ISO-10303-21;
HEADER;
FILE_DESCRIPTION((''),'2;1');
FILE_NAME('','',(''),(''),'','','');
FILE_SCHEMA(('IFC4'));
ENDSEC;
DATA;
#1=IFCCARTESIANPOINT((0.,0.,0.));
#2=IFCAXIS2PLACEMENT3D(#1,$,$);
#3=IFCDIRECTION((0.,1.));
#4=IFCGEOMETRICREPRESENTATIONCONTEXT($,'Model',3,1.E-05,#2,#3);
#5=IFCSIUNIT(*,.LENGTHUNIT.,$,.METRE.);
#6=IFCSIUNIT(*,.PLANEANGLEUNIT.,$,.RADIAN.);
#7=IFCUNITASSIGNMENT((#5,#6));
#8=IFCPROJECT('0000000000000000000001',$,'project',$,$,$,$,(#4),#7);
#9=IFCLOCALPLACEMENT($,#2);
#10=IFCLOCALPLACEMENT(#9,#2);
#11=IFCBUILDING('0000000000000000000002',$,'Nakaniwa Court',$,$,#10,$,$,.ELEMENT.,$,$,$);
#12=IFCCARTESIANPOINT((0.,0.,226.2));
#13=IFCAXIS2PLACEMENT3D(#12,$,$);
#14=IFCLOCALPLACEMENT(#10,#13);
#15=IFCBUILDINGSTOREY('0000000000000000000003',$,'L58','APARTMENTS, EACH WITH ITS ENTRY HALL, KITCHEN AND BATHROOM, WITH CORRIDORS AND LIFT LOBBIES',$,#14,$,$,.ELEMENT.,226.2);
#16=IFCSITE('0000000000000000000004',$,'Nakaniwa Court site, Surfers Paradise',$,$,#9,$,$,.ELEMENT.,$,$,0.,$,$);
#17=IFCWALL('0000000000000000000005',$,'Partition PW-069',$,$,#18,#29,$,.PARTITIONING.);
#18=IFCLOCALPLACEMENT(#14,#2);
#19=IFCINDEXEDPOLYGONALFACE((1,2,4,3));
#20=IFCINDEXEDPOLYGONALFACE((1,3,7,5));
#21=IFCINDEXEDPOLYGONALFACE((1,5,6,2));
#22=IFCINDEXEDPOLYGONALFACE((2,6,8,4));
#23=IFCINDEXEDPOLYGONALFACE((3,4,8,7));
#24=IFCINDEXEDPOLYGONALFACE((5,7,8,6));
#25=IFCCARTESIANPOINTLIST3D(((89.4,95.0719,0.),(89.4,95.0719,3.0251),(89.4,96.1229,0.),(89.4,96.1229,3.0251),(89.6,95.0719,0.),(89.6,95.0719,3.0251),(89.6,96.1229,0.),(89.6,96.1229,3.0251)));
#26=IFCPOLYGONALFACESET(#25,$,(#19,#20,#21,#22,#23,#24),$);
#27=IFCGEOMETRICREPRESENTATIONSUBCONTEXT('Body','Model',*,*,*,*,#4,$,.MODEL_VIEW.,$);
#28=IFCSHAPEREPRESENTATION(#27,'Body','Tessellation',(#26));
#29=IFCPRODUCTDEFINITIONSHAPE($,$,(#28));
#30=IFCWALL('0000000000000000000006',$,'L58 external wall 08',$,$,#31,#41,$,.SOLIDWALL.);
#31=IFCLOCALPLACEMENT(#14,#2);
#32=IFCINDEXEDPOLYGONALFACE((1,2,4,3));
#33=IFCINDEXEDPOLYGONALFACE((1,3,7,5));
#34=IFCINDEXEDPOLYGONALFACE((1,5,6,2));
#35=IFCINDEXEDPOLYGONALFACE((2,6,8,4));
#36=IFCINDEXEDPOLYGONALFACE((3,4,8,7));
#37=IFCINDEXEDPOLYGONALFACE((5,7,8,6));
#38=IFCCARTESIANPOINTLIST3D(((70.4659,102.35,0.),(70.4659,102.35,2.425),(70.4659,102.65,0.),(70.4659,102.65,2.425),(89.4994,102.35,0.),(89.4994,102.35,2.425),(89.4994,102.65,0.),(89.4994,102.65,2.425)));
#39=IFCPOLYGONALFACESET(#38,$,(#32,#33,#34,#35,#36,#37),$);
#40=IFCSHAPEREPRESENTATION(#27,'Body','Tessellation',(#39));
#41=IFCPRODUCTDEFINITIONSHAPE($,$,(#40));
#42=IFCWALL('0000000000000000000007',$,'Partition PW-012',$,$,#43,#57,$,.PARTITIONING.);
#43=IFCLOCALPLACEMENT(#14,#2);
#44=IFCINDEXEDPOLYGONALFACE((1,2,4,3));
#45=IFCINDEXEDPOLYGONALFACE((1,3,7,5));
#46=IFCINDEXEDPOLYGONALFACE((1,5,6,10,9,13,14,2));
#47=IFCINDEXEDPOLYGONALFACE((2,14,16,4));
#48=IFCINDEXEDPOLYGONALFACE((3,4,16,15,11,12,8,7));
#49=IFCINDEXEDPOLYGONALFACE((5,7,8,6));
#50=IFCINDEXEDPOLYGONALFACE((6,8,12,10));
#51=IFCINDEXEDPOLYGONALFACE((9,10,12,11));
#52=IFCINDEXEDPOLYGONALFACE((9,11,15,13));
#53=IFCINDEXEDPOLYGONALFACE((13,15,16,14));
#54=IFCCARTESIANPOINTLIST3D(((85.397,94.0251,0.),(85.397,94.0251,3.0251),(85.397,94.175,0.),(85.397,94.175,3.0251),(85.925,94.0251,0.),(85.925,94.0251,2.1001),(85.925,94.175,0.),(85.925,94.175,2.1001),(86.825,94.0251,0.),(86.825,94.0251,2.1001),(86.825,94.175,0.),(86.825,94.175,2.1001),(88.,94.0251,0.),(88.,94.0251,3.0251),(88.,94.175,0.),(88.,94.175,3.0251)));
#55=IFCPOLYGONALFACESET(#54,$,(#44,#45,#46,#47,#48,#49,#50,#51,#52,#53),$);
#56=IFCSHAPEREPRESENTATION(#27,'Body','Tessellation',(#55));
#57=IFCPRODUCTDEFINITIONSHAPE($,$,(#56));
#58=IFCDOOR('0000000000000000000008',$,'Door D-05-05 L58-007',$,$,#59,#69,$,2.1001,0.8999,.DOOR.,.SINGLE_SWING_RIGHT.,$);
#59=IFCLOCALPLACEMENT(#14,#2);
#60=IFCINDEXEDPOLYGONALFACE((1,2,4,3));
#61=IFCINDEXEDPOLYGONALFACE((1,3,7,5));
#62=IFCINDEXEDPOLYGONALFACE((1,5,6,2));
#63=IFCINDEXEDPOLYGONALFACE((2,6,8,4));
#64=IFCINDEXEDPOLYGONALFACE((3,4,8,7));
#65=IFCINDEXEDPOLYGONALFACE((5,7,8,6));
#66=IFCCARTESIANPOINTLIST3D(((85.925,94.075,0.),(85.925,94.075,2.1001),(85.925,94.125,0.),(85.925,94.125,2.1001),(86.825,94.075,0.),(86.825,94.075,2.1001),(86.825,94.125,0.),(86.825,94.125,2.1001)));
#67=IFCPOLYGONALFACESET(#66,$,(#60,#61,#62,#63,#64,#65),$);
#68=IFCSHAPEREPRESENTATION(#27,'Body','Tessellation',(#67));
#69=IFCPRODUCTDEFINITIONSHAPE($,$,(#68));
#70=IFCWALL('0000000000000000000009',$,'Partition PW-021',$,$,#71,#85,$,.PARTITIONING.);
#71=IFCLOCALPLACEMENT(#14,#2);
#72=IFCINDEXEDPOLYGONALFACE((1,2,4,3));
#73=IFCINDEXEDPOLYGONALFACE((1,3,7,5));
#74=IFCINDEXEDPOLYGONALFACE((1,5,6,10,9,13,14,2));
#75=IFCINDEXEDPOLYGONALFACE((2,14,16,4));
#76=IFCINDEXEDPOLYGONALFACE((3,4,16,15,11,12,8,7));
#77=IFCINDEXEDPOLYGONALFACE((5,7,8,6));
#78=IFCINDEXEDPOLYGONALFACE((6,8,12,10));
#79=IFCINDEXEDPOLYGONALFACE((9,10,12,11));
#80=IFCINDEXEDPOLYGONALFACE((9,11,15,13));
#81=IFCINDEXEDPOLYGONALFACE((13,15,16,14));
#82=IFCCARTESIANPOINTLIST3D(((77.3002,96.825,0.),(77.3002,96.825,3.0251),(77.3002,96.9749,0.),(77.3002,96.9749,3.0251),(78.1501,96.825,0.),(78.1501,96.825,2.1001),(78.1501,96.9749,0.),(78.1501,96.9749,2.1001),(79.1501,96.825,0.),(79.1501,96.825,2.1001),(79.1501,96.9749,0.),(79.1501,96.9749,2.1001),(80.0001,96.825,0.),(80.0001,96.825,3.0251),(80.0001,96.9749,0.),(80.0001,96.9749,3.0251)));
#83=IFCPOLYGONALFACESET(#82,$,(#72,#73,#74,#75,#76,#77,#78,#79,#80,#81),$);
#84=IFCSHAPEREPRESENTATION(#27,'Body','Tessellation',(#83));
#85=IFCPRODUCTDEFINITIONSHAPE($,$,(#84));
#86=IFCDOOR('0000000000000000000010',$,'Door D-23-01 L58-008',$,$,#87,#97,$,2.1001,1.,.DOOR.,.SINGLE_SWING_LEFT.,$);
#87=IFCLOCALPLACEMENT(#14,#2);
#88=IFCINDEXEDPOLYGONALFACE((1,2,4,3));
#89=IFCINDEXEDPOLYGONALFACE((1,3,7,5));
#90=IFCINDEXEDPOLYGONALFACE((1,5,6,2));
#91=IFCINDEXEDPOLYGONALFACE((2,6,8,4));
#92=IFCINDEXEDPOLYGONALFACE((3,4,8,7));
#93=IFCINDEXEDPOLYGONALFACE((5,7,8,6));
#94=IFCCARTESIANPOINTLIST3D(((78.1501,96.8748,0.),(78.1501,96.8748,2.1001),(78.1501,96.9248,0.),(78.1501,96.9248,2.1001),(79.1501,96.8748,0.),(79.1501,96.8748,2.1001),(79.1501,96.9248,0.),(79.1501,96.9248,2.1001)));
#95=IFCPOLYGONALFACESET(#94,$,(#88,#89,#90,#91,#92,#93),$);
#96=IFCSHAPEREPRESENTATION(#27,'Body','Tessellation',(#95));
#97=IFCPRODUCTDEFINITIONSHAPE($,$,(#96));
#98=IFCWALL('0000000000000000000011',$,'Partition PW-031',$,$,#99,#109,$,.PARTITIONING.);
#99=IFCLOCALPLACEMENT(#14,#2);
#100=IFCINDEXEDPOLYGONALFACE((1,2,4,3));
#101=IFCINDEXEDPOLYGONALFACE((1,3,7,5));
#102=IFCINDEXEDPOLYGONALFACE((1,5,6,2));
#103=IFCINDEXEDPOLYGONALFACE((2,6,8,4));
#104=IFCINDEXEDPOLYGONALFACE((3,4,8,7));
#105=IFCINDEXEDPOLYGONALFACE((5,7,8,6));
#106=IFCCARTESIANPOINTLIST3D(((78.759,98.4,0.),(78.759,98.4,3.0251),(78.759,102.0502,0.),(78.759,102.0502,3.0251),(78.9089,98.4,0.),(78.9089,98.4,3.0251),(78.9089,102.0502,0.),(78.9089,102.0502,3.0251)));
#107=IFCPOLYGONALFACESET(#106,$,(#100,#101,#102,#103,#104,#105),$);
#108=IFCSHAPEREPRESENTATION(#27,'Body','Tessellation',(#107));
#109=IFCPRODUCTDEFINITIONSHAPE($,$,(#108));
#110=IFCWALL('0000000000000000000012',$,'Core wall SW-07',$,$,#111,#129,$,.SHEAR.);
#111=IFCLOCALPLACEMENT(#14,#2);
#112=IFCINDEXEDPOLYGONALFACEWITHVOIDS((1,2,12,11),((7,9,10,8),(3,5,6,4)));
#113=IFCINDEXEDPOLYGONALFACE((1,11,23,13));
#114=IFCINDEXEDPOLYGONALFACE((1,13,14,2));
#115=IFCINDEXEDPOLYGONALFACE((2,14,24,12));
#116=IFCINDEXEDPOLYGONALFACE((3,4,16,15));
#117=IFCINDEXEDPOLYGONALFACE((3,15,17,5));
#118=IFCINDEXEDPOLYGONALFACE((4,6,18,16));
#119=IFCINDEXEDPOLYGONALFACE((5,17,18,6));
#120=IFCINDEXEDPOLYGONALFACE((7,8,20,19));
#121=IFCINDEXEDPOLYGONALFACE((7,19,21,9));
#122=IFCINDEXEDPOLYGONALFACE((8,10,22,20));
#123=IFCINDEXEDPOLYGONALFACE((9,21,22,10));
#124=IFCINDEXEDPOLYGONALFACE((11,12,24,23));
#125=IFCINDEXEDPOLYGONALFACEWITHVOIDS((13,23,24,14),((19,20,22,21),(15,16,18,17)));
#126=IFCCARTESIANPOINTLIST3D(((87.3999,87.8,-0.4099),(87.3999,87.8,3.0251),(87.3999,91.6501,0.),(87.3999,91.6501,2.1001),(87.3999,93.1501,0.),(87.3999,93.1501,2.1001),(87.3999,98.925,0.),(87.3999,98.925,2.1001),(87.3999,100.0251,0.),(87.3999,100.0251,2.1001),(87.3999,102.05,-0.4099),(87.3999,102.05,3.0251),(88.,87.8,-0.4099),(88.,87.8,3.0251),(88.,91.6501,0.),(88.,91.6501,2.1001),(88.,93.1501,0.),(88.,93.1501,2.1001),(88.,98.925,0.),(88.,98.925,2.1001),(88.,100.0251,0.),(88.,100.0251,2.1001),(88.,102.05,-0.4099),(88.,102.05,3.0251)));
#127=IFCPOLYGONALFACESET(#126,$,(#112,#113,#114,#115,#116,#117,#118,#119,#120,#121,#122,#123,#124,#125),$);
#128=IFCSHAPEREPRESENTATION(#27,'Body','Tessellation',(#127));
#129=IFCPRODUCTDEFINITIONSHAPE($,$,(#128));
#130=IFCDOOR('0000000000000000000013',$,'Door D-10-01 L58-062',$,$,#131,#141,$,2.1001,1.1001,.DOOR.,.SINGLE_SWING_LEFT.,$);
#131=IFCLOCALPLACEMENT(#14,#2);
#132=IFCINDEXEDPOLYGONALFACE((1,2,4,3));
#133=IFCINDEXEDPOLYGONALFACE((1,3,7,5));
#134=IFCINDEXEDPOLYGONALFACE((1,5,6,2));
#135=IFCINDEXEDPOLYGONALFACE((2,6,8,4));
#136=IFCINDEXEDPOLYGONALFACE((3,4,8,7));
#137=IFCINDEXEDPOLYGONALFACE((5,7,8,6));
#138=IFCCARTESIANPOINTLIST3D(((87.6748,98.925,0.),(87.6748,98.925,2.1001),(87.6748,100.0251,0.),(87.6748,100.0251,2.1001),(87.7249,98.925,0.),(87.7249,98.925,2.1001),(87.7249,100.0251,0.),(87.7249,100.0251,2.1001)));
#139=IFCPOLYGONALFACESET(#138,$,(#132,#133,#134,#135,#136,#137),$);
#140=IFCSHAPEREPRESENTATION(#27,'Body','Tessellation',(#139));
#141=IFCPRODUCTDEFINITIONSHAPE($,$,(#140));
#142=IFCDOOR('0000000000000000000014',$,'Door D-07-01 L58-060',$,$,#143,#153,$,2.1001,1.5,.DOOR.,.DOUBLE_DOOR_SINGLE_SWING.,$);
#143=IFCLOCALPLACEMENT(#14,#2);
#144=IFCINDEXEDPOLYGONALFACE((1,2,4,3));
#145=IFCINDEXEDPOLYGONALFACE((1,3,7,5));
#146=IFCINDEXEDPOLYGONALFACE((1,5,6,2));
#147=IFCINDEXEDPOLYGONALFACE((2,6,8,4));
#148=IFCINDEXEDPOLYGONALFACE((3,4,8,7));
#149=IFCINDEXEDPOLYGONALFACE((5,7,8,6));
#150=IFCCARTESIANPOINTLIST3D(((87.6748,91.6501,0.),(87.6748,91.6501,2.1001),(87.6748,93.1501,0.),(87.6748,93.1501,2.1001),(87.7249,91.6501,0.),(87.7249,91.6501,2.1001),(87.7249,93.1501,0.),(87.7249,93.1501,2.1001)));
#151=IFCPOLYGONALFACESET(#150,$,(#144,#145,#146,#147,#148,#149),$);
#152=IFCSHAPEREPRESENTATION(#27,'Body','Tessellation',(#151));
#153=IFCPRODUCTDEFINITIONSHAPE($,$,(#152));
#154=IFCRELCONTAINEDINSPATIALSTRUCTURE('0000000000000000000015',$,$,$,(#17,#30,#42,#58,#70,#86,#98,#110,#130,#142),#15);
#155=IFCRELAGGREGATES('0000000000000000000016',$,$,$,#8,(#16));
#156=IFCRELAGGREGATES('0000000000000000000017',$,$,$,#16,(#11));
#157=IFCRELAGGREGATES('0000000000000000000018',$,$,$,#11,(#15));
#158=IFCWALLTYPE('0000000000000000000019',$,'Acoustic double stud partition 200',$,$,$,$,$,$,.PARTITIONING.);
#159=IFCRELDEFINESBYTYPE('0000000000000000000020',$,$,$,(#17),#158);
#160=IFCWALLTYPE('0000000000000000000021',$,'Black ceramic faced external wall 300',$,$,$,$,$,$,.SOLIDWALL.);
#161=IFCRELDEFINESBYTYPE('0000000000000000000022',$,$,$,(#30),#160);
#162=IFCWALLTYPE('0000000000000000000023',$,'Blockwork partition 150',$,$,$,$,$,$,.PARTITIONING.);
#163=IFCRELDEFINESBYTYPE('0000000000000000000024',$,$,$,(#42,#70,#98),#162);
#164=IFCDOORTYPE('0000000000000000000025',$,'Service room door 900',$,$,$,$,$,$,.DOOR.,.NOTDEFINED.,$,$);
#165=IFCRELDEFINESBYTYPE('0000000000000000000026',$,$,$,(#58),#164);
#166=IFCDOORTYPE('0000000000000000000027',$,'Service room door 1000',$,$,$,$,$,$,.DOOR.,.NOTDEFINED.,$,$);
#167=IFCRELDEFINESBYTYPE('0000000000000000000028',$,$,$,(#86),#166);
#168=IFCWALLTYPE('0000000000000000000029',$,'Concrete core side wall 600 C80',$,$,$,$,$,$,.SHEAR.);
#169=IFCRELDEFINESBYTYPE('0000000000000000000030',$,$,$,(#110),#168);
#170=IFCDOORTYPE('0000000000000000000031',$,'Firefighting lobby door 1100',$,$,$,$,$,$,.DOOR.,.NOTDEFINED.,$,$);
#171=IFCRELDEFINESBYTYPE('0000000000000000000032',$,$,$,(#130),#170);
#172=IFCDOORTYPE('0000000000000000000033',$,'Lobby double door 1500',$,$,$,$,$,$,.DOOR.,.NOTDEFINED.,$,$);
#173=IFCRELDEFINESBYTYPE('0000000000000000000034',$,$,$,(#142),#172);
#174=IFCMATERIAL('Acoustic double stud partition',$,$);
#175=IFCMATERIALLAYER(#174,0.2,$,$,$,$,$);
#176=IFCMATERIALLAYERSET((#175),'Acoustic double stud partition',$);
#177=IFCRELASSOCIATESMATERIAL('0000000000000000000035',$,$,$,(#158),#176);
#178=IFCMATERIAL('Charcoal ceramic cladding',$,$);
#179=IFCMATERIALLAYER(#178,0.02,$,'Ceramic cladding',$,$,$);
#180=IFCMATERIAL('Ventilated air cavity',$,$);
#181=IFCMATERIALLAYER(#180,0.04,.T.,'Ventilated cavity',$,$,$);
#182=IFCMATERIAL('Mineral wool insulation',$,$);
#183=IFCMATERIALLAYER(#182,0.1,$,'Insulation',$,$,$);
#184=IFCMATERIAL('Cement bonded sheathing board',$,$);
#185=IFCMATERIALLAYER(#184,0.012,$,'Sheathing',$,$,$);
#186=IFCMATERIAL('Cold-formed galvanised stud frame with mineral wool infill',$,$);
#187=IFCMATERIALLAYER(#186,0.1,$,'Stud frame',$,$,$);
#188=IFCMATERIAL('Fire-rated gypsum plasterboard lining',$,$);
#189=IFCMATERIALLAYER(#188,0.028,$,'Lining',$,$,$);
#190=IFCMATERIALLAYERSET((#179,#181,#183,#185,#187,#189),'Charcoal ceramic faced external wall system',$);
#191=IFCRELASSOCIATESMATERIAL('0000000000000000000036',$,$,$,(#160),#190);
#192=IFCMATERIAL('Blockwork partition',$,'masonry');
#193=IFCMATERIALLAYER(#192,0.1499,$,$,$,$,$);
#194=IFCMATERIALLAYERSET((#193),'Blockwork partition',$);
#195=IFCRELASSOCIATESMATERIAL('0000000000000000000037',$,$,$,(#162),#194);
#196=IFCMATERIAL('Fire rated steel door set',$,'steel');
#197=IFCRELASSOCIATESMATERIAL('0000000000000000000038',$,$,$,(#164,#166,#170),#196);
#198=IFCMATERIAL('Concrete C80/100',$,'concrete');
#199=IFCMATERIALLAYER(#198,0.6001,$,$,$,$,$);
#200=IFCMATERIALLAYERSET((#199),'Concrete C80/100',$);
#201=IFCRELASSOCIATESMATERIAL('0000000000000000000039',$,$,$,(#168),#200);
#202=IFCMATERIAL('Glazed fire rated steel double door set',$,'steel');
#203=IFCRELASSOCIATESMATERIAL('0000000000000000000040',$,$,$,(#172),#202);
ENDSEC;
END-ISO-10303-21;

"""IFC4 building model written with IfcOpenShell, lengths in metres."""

from ifc_helpers import new_model, si_unit, direction, frame, frame_2d, origin, place, context, subcontext, project, spatial, rectangle, extrude, material, layer, layer_set, type_object, element, fill, save


model = new_model("IFC4")

# Units and contexts
model_context = context("Model", 3, precision=1e-05, world=origin(), true_north=direction((0.0, 1.0)))
body_context = subcontext(model_context, "Body", "Model", "MODEL_VIEW")
ifc_project = project(units=[si_unit("LENGTHUNIT", "METRE"), si_unit("PLANEANGLEUNIT", "RADIAN")], contexts=[model_context])

# Site, building, storey
site_placement = place(None, origin())
site = spatial("IfcSite", under=ifc_project, at=site_placement, Name="Nakaniwa Court site, Surfers Paradise", CompositionType="ELEMENT", RefElevation=0.0)
building_placement = place(site_placement, origin())
building = spatial("IfcBuilding", under=site, at=building_placement, Name="Nakaniwa Court", CompositionType="ELEMENT")
storey_placement = place(building_placement, frame((0.0, 0.0, 226.2)))
storey = spatial("IfcBuildingStorey", under=building, at=storey_placement, Name="L58", Description="APARTMENTS, EACH WITH ITS ENTRY HALL, KITCHEN AND BATHROOM, WITH CORRIDORS AND LIFT LOBBIES", CompositionType="ELEMENT", Elevation=226.2)

# Walls
ifc_material_1 = material(Name="Acoustic double stud partition")
ifc_layer_1 = layer(ifc_material_1, 0.2)
ifc_layer_set_1 = layer_set([ifc_layer_1], Name="Acoustic double stud partition")
wall_type_1 = type_object("IfcWallType", Name="Acoustic double stud partition 200", PredefinedType="PARTITIONING", material=ifc_layer_set_1)
wall_1_placement = place(storey_placement, frame((89.5, 95.072, 0.0), z_axis=(0.0, 0.0, 1.0), x_axis=(0.0, 1.0, 0.0)))
element("IfcWall", 1, at=wall_1_placement, inside=storey, type_object=wall_type_1, Name="Partition PW-069", PredefinedType="PARTITIONING", context=body_context, shape_type="SweptSolid", body=[
    extrude(rectangle(XDim=1.051, YDim=0.2, at=frame_2d((0.5254, 0.0))), origin(), (0.0, 0.0, 1.0), 3.0251),
])
ifc_material_2 = material(Name="Charcoal ceramic cladding")
ifc_layer_2 = layer(ifc_material_2, 0.02, Name="Ceramic cladding")
ifc_material_3 = material(Name="Ventilated air cavity")
ifc_layer_3 = layer(ifc_material_3, 0.04, ventilated=True, Name="Ventilated cavity")
ifc_material_4 = material(Name="Mineral wool insulation")
ifc_layer_4 = layer(ifc_material_4, 0.1, Name="Insulation")
ifc_material_5 = material(Name="Cement bonded sheathing board")
ifc_layer_5 = layer(ifc_material_5, 0.012, Name="Sheathing")
ifc_material_6 = material(Name="Cold-formed galvanised stud frame with mineral wool infill")
ifc_layer_6 = layer(ifc_material_6, 0.1, Name="Stud frame")
ifc_material_7 = material(Name="Fire-rated gypsum plasterboard lining")
ifc_layer_7 = layer(ifc_material_7, 0.028, Name="Lining")
ifc_layer_set_2 = layer_set([ifc_layer_2, ifc_layer_3, ifc_layer_4, ifc_layer_5, ifc_layer_6, ifc_layer_7], Name="Charcoal ceramic faced external wall system")
wall_type_2 = type_object("IfcWallType", Name="Black ceramic faced external wall 300", PredefinedType="SOLIDWALL", material=ifc_layer_set_2)
wall_2_placement = place(storey_placement, frame((89.4993, 102.5, 0.0), z_axis=(0.0, 0.0, 1.0), x_axis=(-1.0, 0.0, 0.0)))
element("IfcWall", 2, at=wall_2_placement, inside=storey, type_object=wall_type_2, Name="L58 external wall 08", PredefinedType="SOLIDWALL", context=body_context, shape_type="SweptSolid", body=[
    extrude(rectangle(XDim=19.0334, YDim=0.3, at=frame_2d((9.5166, 0.0))), origin(), (0.0, 0.0, 1.0), 2.425),
])

# Walls, openings, doors
ifc_material_8 = material(Name="Blockwork partition", Category="masonry")
ifc_layer_8 = layer(ifc_material_8, 0.1499)
ifc_layer_set_3 = layer_set([ifc_layer_8], Name="Blockwork partition")
wall_type_3 = type_object("IfcWallType", Name="Blockwork partition 150", PredefinedType="PARTITIONING", material=ifc_layer_set_3)
wall_3_placement = place(storey_placement, frame((85.397, 94.1001, 0.0), z_axis=(0.0, 0.0, 1.0), x_axis=(1.0, 0.0, 0.0)))
wall_3 = element("IfcWall", 3, at=wall_3_placement, inside=storey, type_object=wall_type_3, Name="Partition PW-012", PredefinedType="PARTITIONING", context=body_context, shape_type="SweptSolid", body=[
    extrude(rectangle(XDim=2.603, YDim=0.1499, at=frame_2d((1.3015, 0.0))), origin(), (0.0, 0.0, 1.0), 3.0251),
])
opening_1_placement = place(wall_3_placement, frame((0.5281, 0.0, 0.0)))
opening_1 = element("IfcOpeningElement", 4, at=opening_1_placement, cuts=wall_3, PredefinedType="OPENING", context=body_context, shape_type="SweptSolid", body=[
    extrude(rectangle(XDim=0.8999, YDim=2.1001, at=frame_2d((0.45, 1.05))), frame((0.0, 0.085, 0.0), z_axis=(0.0, -1.0, 0.0), x_axis=(1.0, 0.0, 0.0)), (0.0, 0.0, 1.0), 0.1699),
])
ifc_material_9 = material(Name="Fire rated steel door set", Category="steel")
door_type_1 = type_object("IfcDoorType", Name="Service room door 900", OperationType="NOTDEFINED", PredefinedType="DOOR", material=ifc_material_9)
door_1_placement = place(opening_1_placement, origin())
door_1 = element("IfcDoor", 5, at=door_1_placement, inside=storey, type_object=door_type_1, Name="Door D-05-05 L58-007", OperationType="SINGLE_SWING_RIGHT", OverallHeight=2.1001, OverallWidth=0.8999, PredefinedType="DOOR", context=body_context, shape_type="SweptSolid", body=[
    extrude(rectangle(XDim=0.8999, YDim=2.1001, at=frame_2d((0.45, 1.05))), frame((0.0, 0.0249, 0.0), z_axis=(0.0, -1.0, 0.0), x_axis=(1.0, 0.0, 0.0)), (0.0, 0.0, 1.0), 0.05),
])
fill(opening_1, door_1)
wall_4_placement = place(storey_placement, frame((77.3, 96.8999, 0.0), z_axis=(0.0, 0.0, 1.0), x_axis=(1.0, 0.0, 0.0)))
wall_4 = element("IfcWall", 6, at=wall_4_placement, inside=storey, type_object=wall_type_3, Name="Partition PW-021", PredefinedType="PARTITIONING", context=body_context, shape_type="SweptSolid", body=[
    extrude(rectangle(XDim=2.7, YDim=0.1499, at=frame_2d((1.3501, 0.0))), origin(), (0.0, 0.0, 1.0), 3.0251),
])
opening_2_placement = place(wall_4_placement, frame((0.8501, 0.0, 0.0)))
opening_2 = element("IfcOpeningElement", 7, at=opening_2_placement, cuts=wall_4, PredefinedType="OPENING", context=body_context, shape_type="SweptSolid", body=[
    extrude(rectangle(XDim=1.0, YDim=2.1001, at=frame_2d((0.5, 1.05))), frame((0.0, 0.085, 0.0), z_axis=(0.0, -1.0, 0.0), x_axis=(1.0, 0.0, 0.0)), (0.0, 0.0, 1.0), 0.1699),
])
door_type_2 = type_object("IfcDoorType", Name="Service room door 1000", OperationType="NOTDEFINED", PredefinedType="DOOR", material=ifc_material_9)
door_2_placement = place(opening_2_placement, origin())
door_2 = element("IfcDoor", 8, at=door_2_placement, inside=storey, type_object=door_type_2, Name="Door D-23-01 L58-008", OperationType="SINGLE_SWING_LEFT", OverallHeight=2.1001, OverallWidth=1.0, PredefinedType="DOOR", context=body_context, shape_type="SweptSolid", body=[
    extrude(rectangle(XDim=1.0, YDim=2.1001, at=frame_2d((0.5, 1.05))), frame((0.0, 0.0249, 0.0), z_axis=(0.0, -1.0, 0.0), x_axis=(1.0, 0.0, 0.0)), (0.0, 0.0, 1.0), 0.05),
])
fill(opening_2, door_2)

# Wall
wall_5_placement = place(storey_placement, frame((78.834, 98.3999, 0.0), z_axis=(0.0, 0.0, 1.0), x_axis=(0.0, 1.0, 0.0)))
element("IfcWall", 9, at=wall_5_placement, inside=storey, type_object=wall_type_3, Name="Partition PW-031", PredefinedType="PARTITIONING", context=body_context, shape_type="SweptSolid", body=[
    extrude(rectangle(XDim=3.6501, YDim=0.1499, at=frame_2d((1.8252, 0.0))), origin(), (0.0, 0.0, 1.0), 3.0251),
])

# Wall, openings, doors
ifc_material_10 = material(Name="Concrete C80/100", Category="concrete")
ifc_layer_9 = layer(ifc_material_10, 0.6001)
ifc_layer_set_4 = layer_set([ifc_layer_9], Name="Concrete C80/100")
wall_type_4 = type_object("IfcWallType", Name="Concrete core side wall 600 C80", PredefinedType="SHEAR", material=ifc_layer_set_4)
wall_6_placement = place(storey_placement, frame((87.7, 102.05, -0.4099), z_axis=(0.0, 0.0, 1.0), x_axis=(0.0, -1.0, 0.0)))
wall_6 = element("IfcWall", 10, at=wall_6_placement, inside=storey, type_object=wall_type_4, Name="Core wall SW-07", PredefinedType="SHEAR", context=body_context, shape_type="SweptSolid", body=[
    extrude(rectangle(XDim=14.25, YDim=0.6001, at=frame_2d((7.125, 0.0))), origin(), (0.0, 0.0, 1.0), 3.4351),
])
opening_3_placement = place(wall_6_placement, frame((8.8999, 0.0, 0.4099)))
opening_3 = element("IfcOpeningElement", 11, at=opening_3_placement, cuts=wall_6, PredefinedType="OPENING", context=body_context, shape_type="SweptSolid", body=[
    extrude(rectangle(XDim=1.5, YDim=2.1001, at=frame_2d((0.75, 1.05))), frame((0.0, 0.3101, 0.0), z_axis=(0.0, -1.0, 0.0), x_axis=(1.0, 0.0, 0.0)), (0.0, 0.0, 1.0), 0.6201),
])
opening_4_placement = place(wall_6_placement, frame((2.0249, 0.0, 0.4099)))
opening_4 = element("IfcOpeningElement", 12, at=opening_4_placement, cuts=wall_6, PredefinedType="OPENING", context=body_context, shape_type="SweptSolid", body=[
    extrude(rectangle(XDim=1.1001, YDim=2.1001, at=frame_2d((0.55, 1.05))), frame((0.0, 0.3101, 0.0), z_axis=(0.0, -1.0, 0.0), x_axis=(1.0, 0.0, 0.0)), (0.0, 0.0, 1.0), 0.6201),
])
door_type_3 = type_object("IfcDoorType", Name="Firefighting lobby door 1100", OperationType="NOTDEFINED", PredefinedType="DOOR", material=ifc_material_9)
door_3_placement = place(opening_4_placement, origin())
door_3 = element("IfcDoor", 13, at=door_3_placement, inside=storey, type_object=door_type_3, Name="Door D-10-01 L58-062", OperationType="SINGLE_SWING_LEFT", OverallHeight=2.1001, OverallWidth=1.1001, PredefinedType="DOOR", context=body_context, shape_type="SweptSolid", body=[
    extrude(rectangle(XDim=1.1001, YDim=2.1001, at=frame_2d((0.55, 1.05))), frame((0.0, 0.0249, 0.0), z_axis=(0.0, -1.0, 0.0), x_axis=(1.0, 0.0, 0.0)), (0.0, 0.0, 1.0), 0.05),
])
fill(opening_4, door_3)
ifc_material_11 = material(Name="Glazed fire rated steel double door set", Category="steel")
door_type_4 = type_object("IfcDoorType", Name="Lobby double door 1500", OperationType="NOTDEFINED", PredefinedType="DOOR", material=ifc_material_11)
door_4_placement = place(opening_3_placement, origin())
door_4 = element("IfcDoor", 14, at=door_4_placement, inside=storey, type_object=door_type_4, Name="Door D-07-01 L58-060", OperationType="DOUBLE_DOOR_SINGLE_SWING", OverallHeight=2.1001, OverallWidth=1.5, PredefinedType="DOOR", context=body_context, shape_type="SweptSolid", body=[
    extrude(rectangle(XDim=1.5, YDim=2.1001, at=frame_2d((0.75, 1.05))), frame((0.0, 0.0249, 0.0), z_axis=(0.0, -1.0, 0.0), x_axis=(1.0, 0.0, 0.0)), (0.0, 0.0, 1.0), 0.05),
])
fill(opening_3, door_4)

save(model, "model.ifc")
